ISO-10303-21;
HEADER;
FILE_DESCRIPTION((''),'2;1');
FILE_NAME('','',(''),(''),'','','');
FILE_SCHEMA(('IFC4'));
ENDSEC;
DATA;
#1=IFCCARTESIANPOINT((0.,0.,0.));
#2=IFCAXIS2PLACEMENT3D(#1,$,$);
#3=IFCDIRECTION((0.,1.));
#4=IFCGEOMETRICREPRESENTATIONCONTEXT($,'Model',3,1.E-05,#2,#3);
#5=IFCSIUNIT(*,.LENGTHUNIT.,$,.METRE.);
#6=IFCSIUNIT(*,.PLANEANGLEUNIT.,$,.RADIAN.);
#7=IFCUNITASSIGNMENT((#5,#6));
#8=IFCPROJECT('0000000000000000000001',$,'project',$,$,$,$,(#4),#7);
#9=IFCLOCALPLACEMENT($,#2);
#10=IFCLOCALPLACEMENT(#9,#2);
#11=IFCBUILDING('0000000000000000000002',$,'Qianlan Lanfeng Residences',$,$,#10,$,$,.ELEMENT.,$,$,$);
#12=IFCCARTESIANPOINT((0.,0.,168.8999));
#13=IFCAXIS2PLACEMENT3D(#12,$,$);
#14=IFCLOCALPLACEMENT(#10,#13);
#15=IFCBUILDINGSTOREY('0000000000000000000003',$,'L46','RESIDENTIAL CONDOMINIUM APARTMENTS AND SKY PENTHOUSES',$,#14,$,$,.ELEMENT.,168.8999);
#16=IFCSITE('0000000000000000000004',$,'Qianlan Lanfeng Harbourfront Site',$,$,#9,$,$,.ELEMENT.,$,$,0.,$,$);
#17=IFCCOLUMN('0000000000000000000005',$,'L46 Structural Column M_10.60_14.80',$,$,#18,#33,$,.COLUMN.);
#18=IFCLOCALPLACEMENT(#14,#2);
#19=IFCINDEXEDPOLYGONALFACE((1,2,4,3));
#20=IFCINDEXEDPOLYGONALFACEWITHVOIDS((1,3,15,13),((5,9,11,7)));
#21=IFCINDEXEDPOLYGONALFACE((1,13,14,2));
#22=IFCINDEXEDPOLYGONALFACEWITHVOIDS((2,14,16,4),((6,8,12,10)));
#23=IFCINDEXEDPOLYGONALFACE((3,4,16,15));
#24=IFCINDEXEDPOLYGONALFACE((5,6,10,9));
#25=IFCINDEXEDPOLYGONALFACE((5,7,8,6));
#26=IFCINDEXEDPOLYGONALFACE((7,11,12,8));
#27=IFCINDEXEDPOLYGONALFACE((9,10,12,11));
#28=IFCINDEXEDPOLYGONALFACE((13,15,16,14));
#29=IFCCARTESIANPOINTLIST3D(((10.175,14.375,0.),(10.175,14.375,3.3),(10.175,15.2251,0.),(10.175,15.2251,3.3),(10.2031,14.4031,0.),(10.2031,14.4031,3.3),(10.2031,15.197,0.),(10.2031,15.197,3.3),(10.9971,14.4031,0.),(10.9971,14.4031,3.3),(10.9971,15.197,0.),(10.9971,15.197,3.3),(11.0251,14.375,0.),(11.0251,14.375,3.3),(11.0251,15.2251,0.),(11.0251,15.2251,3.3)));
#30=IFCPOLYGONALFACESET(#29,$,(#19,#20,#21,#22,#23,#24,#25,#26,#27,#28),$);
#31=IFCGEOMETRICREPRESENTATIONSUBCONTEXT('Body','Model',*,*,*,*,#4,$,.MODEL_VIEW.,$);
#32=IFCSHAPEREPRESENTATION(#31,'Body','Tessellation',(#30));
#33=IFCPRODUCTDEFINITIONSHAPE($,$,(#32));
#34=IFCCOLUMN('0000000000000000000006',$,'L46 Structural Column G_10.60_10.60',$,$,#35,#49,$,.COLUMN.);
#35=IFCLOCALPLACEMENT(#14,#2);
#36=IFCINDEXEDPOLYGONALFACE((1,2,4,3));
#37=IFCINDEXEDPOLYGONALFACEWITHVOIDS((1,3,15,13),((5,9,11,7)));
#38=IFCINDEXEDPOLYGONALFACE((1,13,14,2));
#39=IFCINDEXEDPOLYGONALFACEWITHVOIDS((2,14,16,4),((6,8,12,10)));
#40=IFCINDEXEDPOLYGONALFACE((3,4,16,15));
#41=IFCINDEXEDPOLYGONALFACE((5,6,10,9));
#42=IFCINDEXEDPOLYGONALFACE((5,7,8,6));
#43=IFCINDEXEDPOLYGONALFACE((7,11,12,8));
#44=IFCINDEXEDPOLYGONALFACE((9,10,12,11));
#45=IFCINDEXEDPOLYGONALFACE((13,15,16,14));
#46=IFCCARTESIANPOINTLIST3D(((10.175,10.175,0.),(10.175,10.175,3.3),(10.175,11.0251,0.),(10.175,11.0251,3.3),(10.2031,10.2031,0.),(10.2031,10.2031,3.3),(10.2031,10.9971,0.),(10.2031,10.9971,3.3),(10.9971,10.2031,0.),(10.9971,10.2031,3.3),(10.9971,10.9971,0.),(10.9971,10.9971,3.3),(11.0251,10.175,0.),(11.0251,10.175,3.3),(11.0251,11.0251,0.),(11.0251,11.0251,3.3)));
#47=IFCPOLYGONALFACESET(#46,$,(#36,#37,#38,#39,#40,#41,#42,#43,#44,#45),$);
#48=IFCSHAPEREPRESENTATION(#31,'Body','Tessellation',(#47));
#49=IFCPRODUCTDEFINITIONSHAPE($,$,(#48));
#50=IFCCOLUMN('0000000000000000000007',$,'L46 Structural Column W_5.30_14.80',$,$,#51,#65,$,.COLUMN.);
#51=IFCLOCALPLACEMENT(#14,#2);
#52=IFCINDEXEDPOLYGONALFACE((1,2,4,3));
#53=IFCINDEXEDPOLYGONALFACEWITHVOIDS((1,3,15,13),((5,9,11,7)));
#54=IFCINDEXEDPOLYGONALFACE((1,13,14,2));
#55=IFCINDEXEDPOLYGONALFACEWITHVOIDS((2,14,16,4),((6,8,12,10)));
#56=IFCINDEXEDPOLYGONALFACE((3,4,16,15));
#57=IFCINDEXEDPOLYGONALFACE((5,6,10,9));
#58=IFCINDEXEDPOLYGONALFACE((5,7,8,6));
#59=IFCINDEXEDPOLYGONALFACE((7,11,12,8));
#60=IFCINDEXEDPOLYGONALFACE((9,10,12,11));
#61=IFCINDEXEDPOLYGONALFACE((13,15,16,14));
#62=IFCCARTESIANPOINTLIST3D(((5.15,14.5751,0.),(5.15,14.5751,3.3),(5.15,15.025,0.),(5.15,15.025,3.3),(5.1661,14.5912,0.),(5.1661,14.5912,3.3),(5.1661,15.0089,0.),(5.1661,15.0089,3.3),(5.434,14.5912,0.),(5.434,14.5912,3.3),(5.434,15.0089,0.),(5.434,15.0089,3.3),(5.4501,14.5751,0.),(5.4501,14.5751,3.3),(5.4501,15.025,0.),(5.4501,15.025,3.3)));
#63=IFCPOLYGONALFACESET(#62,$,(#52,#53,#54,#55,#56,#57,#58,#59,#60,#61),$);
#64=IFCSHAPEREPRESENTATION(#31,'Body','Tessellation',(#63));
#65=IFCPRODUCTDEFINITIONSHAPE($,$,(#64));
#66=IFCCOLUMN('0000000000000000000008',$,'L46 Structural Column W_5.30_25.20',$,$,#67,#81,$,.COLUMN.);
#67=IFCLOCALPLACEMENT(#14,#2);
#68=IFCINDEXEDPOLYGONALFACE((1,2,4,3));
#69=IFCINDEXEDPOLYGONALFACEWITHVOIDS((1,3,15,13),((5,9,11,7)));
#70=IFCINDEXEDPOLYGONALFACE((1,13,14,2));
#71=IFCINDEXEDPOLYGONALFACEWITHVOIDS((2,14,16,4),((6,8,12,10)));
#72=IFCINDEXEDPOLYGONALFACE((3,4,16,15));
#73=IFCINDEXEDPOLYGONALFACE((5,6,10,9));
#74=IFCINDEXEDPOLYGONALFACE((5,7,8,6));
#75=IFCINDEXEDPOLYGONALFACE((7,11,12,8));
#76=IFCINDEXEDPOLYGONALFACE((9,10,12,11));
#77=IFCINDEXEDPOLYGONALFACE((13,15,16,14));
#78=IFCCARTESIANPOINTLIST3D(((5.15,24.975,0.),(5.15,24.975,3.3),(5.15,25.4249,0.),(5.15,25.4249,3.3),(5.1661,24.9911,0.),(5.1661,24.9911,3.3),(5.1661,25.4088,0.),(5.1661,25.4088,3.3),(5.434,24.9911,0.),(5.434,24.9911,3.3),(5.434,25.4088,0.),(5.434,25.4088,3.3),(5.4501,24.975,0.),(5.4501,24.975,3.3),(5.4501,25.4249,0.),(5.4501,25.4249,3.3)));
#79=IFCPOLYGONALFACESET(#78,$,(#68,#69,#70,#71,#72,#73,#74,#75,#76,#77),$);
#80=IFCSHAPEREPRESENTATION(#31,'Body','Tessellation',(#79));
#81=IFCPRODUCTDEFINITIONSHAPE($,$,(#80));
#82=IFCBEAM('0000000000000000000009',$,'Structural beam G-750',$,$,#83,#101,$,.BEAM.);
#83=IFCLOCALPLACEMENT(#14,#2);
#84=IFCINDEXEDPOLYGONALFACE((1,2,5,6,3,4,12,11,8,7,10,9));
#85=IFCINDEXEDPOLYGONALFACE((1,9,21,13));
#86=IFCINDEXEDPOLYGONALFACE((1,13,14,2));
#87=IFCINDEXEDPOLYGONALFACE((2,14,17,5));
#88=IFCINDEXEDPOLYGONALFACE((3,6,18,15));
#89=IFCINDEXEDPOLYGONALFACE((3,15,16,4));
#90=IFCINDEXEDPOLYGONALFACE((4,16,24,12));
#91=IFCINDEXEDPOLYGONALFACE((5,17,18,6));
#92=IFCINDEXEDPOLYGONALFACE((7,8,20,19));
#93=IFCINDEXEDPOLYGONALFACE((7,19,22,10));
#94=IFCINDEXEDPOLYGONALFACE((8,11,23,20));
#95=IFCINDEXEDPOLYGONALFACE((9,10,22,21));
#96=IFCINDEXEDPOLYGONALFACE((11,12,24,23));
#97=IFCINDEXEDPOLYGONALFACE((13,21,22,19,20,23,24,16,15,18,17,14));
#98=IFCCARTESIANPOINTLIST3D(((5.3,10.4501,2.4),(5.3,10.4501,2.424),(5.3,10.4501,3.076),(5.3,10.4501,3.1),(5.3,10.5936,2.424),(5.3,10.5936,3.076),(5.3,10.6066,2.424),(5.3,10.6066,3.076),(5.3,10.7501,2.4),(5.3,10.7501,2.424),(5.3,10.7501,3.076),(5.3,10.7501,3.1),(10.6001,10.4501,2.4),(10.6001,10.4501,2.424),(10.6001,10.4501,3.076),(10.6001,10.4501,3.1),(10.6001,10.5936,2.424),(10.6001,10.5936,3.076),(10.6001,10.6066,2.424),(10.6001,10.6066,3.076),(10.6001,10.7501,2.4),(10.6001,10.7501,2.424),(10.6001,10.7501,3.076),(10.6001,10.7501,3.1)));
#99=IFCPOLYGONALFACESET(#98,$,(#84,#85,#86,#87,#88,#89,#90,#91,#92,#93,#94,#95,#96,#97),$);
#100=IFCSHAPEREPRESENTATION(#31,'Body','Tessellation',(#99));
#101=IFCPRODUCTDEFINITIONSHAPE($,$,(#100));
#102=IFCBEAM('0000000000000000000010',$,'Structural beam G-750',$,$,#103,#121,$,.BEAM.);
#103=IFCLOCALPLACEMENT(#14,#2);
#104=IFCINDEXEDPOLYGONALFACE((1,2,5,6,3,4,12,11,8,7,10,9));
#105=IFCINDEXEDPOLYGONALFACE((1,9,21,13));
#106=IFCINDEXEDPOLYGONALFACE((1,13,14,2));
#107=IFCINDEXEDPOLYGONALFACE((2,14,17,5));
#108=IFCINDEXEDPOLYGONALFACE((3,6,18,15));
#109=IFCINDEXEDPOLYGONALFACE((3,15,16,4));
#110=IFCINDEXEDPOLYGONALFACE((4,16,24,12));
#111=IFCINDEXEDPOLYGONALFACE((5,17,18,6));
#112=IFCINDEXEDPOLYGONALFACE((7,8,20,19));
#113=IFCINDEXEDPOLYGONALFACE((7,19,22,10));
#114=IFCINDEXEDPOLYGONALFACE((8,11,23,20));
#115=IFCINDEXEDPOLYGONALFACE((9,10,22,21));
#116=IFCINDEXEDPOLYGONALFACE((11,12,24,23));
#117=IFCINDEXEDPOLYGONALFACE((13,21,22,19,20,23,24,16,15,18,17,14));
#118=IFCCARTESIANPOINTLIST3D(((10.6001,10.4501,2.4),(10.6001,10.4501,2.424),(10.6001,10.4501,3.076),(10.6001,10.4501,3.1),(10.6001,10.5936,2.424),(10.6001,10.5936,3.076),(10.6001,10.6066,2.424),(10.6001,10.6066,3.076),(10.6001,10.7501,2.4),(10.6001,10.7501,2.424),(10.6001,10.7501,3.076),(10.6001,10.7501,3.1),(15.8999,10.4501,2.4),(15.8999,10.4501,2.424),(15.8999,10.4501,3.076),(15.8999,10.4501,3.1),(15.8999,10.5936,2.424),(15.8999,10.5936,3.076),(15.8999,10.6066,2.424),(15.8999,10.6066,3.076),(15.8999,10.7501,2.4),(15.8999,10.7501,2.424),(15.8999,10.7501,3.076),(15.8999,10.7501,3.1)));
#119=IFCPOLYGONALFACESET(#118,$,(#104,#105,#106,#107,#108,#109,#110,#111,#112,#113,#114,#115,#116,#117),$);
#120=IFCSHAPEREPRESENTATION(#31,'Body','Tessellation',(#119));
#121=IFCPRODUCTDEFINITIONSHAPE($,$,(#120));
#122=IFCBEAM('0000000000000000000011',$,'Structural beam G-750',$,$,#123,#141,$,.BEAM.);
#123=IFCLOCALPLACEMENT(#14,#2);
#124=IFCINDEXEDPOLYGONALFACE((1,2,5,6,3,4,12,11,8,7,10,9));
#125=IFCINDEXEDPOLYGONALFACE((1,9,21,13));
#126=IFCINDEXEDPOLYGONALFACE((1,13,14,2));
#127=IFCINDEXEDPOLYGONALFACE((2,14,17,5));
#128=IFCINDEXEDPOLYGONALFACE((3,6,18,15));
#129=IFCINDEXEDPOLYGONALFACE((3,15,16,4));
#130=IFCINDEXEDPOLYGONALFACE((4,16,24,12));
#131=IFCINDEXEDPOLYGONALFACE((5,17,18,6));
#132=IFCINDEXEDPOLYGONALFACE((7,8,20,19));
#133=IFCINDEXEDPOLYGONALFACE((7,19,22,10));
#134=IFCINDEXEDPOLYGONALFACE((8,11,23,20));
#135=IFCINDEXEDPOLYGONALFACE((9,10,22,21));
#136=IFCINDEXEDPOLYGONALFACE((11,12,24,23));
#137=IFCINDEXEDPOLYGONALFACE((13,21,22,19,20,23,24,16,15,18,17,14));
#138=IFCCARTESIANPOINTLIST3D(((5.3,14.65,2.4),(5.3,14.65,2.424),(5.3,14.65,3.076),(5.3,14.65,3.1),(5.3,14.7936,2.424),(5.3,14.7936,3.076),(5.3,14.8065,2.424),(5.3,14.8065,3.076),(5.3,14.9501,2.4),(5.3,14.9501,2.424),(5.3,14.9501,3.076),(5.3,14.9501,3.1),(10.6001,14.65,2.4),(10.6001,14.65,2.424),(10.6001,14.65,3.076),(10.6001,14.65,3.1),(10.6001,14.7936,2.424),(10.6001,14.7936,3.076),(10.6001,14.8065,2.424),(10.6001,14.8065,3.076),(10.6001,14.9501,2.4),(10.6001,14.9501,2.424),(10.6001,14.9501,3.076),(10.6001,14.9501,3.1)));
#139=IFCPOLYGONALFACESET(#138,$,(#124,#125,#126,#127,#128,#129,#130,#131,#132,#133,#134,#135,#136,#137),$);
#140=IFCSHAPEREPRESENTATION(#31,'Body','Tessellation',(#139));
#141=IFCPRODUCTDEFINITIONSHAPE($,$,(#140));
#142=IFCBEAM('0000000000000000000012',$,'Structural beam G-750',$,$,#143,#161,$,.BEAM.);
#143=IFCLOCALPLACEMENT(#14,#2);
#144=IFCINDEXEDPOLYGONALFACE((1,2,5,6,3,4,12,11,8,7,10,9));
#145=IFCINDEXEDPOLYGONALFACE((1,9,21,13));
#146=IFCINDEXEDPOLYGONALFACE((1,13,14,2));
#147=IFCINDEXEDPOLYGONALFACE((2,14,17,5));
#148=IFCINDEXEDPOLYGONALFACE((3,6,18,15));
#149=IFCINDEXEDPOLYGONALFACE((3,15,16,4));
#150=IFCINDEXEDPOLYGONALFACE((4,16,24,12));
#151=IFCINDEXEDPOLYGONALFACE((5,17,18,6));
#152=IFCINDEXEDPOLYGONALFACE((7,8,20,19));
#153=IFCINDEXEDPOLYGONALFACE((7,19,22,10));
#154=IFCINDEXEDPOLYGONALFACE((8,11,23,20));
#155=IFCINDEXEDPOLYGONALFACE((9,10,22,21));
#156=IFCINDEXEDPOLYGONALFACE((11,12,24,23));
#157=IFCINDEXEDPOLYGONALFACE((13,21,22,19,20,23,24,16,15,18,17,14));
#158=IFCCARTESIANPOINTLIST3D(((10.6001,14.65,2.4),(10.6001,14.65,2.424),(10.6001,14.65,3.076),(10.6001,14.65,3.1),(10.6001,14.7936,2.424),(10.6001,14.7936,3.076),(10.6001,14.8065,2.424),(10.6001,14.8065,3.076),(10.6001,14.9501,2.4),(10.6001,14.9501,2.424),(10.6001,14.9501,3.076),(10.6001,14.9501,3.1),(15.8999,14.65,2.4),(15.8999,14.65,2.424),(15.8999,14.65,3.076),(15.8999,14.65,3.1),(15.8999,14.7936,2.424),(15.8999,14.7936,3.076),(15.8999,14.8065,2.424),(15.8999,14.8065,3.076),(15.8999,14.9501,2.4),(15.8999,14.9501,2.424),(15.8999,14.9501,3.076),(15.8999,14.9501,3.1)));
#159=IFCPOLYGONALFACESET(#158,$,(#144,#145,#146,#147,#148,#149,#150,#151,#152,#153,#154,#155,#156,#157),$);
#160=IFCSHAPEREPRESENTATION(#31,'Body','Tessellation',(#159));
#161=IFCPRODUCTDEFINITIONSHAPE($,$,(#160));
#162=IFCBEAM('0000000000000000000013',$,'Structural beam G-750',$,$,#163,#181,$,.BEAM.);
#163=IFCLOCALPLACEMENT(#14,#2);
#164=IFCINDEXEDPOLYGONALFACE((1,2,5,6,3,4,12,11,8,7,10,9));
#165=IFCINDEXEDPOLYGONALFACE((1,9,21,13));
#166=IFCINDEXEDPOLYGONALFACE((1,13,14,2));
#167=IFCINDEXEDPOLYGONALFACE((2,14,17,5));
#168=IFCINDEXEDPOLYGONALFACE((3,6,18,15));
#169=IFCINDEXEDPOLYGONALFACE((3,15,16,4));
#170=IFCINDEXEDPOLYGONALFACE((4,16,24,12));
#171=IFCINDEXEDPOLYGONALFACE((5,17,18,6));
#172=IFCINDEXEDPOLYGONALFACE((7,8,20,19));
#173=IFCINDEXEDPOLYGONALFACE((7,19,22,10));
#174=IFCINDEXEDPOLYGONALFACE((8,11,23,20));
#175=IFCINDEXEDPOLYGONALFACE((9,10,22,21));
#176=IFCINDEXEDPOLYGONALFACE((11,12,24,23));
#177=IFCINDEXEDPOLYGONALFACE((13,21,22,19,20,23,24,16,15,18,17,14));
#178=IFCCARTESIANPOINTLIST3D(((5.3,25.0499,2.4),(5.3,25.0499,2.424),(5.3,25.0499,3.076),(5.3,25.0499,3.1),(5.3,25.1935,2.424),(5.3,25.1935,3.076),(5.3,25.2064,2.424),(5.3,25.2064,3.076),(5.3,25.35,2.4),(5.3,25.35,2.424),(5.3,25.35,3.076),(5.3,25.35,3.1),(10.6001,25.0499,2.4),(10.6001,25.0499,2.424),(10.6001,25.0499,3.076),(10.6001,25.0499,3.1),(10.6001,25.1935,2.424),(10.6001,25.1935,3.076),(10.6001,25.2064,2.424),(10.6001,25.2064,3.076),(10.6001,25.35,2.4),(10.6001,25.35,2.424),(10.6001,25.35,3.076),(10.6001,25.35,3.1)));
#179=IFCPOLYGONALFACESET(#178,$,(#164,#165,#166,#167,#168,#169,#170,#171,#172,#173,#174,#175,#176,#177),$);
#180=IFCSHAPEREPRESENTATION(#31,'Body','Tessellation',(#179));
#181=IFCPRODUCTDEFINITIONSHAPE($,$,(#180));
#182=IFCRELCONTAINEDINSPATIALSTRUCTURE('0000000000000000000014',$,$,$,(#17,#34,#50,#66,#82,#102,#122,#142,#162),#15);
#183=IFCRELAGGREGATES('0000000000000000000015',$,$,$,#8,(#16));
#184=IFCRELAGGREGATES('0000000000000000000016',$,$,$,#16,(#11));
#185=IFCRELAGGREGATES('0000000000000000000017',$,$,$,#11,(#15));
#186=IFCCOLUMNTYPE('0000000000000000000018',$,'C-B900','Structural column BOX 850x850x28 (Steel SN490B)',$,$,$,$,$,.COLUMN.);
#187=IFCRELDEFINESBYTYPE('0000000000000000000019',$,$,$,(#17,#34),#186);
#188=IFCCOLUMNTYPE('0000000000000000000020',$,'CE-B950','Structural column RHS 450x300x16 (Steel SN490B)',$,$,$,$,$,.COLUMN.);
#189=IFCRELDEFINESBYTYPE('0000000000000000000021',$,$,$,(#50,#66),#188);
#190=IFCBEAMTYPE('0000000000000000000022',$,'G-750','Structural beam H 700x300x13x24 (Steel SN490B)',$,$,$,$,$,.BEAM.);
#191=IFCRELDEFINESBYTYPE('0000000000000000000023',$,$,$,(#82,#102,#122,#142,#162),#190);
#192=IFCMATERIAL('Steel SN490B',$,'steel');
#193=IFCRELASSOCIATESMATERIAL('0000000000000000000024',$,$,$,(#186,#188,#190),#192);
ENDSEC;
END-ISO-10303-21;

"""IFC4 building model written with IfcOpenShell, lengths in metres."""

from ifc_helpers import new_model, si_unit, direction, frame, origin, origin_2d, place, context, subcontext, project, spatial, hollow_rectangle, i_section, extrude, material, material_profile, profile_set, type_object, element, save


model = new_model("IFC4")

# Units and contexts
model_context = context("Model", 3, precision=1e-05, world=origin(), true_north=direction((0.0, 1.0)))
body_context = subcontext(model_context, "Body", "Model", "MODEL_VIEW")
ifc_project = project(units=[si_unit("LENGTHUNIT", "METRE"), si_unit("PLANEANGLEUNIT", "RADIAN")], contexts=[model_context])

# Site, building, storey
site_placement = place(None, origin())
site = spatial("IfcSite", under=ifc_project, at=site_placement, Name="Qianlan Lanfeng Harbourfront Site", CompositionType="ELEMENT", RefElevation=0.0)
building_placement = place(site_placement, origin())
building = spatial("IfcBuilding", under=site, at=building_placement, Name="Qianlan Lanfeng Residences", CompositionType="ELEMENT")
storey_placement = place(building_placement, frame((0.0, 0.0, 168.8999)))
storey = spatial("IfcBuildingStorey", under=building, at=storey_placement, Name="L46", Description="RESIDENTIAL CONDOMINIUM APARTMENTS AND SKY PENTHOUSES", CompositionType="ELEMENT", Elevation=168.8999)

# Columns
ifc_material_1 = material(Name="Steel SN490B", Category="steel")
ifc_material_profile_1 = material_profile(ifc_material_1, hollow_rectangle(XDim=0.8501, YDim=0.8501, WallThickness=0.0281, at=origin_2d()), Name="BOX 850x850x28")
ifc_profile_set_1 = profile_set([ifc_material_profile_1], Name="Steel SN490B")
column_type_1 = type_object("IfcColumnType", Name="C-B900", Description="Structural column BOX 850x850x28 (Steel SN490B)", PredefinedType="COLUMN", material=ifc_profile_set_1)
for number, where, z_axis, x_axis, name in (
    (1, (10.6001, 14.8, 0.0), (0.0, 0.0, 1.0), (1.0, 0.0, 0.0), "L46 Structural Column M_10.60_14.80"),
    (2, (10.6001, 10.6001, 0.0), (0.0, 0.0, 1.0), (1.0, 0.0, 0.0), "L46 Structural Column G_10.60_10.60"),
):
    element("IfcColumn", number, at=place(storey_placement, frame(where, z_axis=z_axis, x_axis=x_axis)), inside=storey, type_object=column_type_1, Name=name, PredefinedType="COLUMN", context=body_context, shape_type="SweptSolid", body=[
        extrude(hollow_rectangle(XDim=0.8501, YDim=0.8501, WallThickness=0.0281, at=origin_2d()), origin(), (0.0, 0.0, 1.0), 3.3),
    ])
ifc_material_profile_2 = material_profile(ifc_material_1, hollow_rectangle(XDim=0.3, YDim=0.45, WallThickness=0.0161, at=origin_2d()), Name="RHS 450x300x16")
ifc_profile_set_2 = profile_set([ifc_material_profile_2], Name="Steel SN490B")
column_type_2 = type_object("IfcColumnType", Name="CE-B950", Description="Structural column RHS 450x300x16 (Steel SN490B)", PredefinedType="COLUMN", material=ifc_profile_set_2)
for number, where, z_axis, x_axis, name in (
    (3, (5.3, 14.8, 0.0), (0.0, 0.0, 1.0), (1.0, 0.0, 0.0), "L46 Structural Column W_5.30_14.80"),
    (4, (5.3, 25.2, 0.0), (0.0, 0.0, 1.0), (1.0, 0.0, 0.0), "L46 Structural Column W_5.30_25.20"),
):
    element("IfcColumn", number, at=place(storey_placement, frame(where, z_axis=z_axis, x_axis=x_axis)), inside=storey, type_object=column_type_2, Name=name, PredefinedType="COLUMN", context=body_context, shape_type="SweptSolid", body=[
        extrude(hollow_rectangle(XDim=0.3, YDim=0.45, WallThickness=0.0161, at=origin_2d()), origin(), (0.0, 0.0, 1.0), 3.3),
    ])

# Beams
ifc_material_profile_3 = material_profile(ifc_material_1, i_section(OverallWidth=0.3, OverallDepth=0.7, WebThickness=0.0129, FlangeThickness=0.0239, at=origin_2d()), Name="H 700x300x13x24")
ifc_profile_set_3 = profile_set([ifc_material_profile_3], Name="Steel SN490B")
beam_type_1 = type_object("IfcBeamType", Name="G-750", Description="Structural beam H 700x300x13x24 (Steel SN490B)", PredefinedType="BEAM", material=ifc_profile_set_3)
beam_1_placement = place(storey_placement, frame((5.3, 10.6001, 2.75), z_axis=(1.0, 0.0, 0.0), x_axis=(0.0, 1.0, 0.0)))
element("IfcBeam", 5, at=beam_1_placement, inside=storey, type_object=beam_type_1, Name="Structural beam G-750", PredefinedType="BEAM", context=body_context, shape_type="SweptSolid", body=[
    extrude(i_section(OverallWidth=0.3, OverallDepth=0.7, WebThickness=0.0129, FlangeThickness=0.0239, at=origin_2d()), origin(), (0.0, 0.0, 1.0), 5.3),
])
beam_2_placement = place(storey_placement, frame((10.6001, 10.6001, 2.75), z_axis=(1.0, 0.0, 0.0), x_axis=(0.0, 1.0, 0.0)))
element("IfcBeam", 6, at=beam_2_placement, inside=storey, type_object=beam_type_1, Name="Structural beam G-750", PredefinedType="BEAM", context=body_context, shape_type="SweptSolid", body=[
    extrude(i_section(OverallWidth=0.3, OverallDepth=0.7, WebThickness=0.0129, FlangeThickness=0.0239, at=origin_2d()), origin(), (0.0, 0.0, 1.0), 5.2998),
])
beam_3_placement = place(storey_placement, frame((5.3, 14.8, 2.75), z_axis=(1.0, 0.0, 0.0), x_axis=(0.0, 1.0, 0.0)))
element("IfcBeam", 7, at=beam_3_placement, inside=storey, type_object=beam_type_1, Name="Structural beam G-750", PredefinedType="BEAM", context=body_context, shape_type="SweptSolid", body=[
    extrude(i_section(OverallWidth=0.3, OverallDepth=0.7, WebThickness=0.0129, FlangeThickness=0.0239, at=origin_2d()), origin(), (0.0, 0.0, 1.0), 5.3),
])
beam_4_placement = place(storey_placement, frame((10.6001, 14.8, 2.75), z_axis=(1.0, 0.0, 0.0), x_axis=(0.0, 1.0, 0.0)))
element("IfcBeam", 8, at=beam_4_placement, inside=storey, type_object=beam_type_1, Name="Structural beam G-750", PredefinedType="BEAM", context=body_context, shape_type="SweptSolid", body=[
    extrude(i_section(OverallWidth=0.3, OverallDepth=0.7, WebThickness=0.0129, FlangeThickness=0.0239, at=origin_2d()), origin(), (0.0, 0.0, 1.0), 5.2998),
])
beam_5_placement = place(storey_placement, frame((5.3, 25.2, 2.75), z_axis=(1.0, 0.0, 0.0), x_axis=(0.0, 1.0, 0.0)))
element("IfcBeam", 9, at=beam_5_placement, inside=storey, type_object=beam_type_1, Name="Structural beam G-750", PredefinedType="BEAM", context=body_context, shape_type="SweptSolid", body=[
    extrude(i_section(OverallWidth=0.3, OverallDepth=0.7, WebThickness=0.0129, FlangeThickness=0.0239, at=origin_2d()), origin(), (0.0, 0.0, 1.0), 5.3),
])

save(model, "model.ifc")
